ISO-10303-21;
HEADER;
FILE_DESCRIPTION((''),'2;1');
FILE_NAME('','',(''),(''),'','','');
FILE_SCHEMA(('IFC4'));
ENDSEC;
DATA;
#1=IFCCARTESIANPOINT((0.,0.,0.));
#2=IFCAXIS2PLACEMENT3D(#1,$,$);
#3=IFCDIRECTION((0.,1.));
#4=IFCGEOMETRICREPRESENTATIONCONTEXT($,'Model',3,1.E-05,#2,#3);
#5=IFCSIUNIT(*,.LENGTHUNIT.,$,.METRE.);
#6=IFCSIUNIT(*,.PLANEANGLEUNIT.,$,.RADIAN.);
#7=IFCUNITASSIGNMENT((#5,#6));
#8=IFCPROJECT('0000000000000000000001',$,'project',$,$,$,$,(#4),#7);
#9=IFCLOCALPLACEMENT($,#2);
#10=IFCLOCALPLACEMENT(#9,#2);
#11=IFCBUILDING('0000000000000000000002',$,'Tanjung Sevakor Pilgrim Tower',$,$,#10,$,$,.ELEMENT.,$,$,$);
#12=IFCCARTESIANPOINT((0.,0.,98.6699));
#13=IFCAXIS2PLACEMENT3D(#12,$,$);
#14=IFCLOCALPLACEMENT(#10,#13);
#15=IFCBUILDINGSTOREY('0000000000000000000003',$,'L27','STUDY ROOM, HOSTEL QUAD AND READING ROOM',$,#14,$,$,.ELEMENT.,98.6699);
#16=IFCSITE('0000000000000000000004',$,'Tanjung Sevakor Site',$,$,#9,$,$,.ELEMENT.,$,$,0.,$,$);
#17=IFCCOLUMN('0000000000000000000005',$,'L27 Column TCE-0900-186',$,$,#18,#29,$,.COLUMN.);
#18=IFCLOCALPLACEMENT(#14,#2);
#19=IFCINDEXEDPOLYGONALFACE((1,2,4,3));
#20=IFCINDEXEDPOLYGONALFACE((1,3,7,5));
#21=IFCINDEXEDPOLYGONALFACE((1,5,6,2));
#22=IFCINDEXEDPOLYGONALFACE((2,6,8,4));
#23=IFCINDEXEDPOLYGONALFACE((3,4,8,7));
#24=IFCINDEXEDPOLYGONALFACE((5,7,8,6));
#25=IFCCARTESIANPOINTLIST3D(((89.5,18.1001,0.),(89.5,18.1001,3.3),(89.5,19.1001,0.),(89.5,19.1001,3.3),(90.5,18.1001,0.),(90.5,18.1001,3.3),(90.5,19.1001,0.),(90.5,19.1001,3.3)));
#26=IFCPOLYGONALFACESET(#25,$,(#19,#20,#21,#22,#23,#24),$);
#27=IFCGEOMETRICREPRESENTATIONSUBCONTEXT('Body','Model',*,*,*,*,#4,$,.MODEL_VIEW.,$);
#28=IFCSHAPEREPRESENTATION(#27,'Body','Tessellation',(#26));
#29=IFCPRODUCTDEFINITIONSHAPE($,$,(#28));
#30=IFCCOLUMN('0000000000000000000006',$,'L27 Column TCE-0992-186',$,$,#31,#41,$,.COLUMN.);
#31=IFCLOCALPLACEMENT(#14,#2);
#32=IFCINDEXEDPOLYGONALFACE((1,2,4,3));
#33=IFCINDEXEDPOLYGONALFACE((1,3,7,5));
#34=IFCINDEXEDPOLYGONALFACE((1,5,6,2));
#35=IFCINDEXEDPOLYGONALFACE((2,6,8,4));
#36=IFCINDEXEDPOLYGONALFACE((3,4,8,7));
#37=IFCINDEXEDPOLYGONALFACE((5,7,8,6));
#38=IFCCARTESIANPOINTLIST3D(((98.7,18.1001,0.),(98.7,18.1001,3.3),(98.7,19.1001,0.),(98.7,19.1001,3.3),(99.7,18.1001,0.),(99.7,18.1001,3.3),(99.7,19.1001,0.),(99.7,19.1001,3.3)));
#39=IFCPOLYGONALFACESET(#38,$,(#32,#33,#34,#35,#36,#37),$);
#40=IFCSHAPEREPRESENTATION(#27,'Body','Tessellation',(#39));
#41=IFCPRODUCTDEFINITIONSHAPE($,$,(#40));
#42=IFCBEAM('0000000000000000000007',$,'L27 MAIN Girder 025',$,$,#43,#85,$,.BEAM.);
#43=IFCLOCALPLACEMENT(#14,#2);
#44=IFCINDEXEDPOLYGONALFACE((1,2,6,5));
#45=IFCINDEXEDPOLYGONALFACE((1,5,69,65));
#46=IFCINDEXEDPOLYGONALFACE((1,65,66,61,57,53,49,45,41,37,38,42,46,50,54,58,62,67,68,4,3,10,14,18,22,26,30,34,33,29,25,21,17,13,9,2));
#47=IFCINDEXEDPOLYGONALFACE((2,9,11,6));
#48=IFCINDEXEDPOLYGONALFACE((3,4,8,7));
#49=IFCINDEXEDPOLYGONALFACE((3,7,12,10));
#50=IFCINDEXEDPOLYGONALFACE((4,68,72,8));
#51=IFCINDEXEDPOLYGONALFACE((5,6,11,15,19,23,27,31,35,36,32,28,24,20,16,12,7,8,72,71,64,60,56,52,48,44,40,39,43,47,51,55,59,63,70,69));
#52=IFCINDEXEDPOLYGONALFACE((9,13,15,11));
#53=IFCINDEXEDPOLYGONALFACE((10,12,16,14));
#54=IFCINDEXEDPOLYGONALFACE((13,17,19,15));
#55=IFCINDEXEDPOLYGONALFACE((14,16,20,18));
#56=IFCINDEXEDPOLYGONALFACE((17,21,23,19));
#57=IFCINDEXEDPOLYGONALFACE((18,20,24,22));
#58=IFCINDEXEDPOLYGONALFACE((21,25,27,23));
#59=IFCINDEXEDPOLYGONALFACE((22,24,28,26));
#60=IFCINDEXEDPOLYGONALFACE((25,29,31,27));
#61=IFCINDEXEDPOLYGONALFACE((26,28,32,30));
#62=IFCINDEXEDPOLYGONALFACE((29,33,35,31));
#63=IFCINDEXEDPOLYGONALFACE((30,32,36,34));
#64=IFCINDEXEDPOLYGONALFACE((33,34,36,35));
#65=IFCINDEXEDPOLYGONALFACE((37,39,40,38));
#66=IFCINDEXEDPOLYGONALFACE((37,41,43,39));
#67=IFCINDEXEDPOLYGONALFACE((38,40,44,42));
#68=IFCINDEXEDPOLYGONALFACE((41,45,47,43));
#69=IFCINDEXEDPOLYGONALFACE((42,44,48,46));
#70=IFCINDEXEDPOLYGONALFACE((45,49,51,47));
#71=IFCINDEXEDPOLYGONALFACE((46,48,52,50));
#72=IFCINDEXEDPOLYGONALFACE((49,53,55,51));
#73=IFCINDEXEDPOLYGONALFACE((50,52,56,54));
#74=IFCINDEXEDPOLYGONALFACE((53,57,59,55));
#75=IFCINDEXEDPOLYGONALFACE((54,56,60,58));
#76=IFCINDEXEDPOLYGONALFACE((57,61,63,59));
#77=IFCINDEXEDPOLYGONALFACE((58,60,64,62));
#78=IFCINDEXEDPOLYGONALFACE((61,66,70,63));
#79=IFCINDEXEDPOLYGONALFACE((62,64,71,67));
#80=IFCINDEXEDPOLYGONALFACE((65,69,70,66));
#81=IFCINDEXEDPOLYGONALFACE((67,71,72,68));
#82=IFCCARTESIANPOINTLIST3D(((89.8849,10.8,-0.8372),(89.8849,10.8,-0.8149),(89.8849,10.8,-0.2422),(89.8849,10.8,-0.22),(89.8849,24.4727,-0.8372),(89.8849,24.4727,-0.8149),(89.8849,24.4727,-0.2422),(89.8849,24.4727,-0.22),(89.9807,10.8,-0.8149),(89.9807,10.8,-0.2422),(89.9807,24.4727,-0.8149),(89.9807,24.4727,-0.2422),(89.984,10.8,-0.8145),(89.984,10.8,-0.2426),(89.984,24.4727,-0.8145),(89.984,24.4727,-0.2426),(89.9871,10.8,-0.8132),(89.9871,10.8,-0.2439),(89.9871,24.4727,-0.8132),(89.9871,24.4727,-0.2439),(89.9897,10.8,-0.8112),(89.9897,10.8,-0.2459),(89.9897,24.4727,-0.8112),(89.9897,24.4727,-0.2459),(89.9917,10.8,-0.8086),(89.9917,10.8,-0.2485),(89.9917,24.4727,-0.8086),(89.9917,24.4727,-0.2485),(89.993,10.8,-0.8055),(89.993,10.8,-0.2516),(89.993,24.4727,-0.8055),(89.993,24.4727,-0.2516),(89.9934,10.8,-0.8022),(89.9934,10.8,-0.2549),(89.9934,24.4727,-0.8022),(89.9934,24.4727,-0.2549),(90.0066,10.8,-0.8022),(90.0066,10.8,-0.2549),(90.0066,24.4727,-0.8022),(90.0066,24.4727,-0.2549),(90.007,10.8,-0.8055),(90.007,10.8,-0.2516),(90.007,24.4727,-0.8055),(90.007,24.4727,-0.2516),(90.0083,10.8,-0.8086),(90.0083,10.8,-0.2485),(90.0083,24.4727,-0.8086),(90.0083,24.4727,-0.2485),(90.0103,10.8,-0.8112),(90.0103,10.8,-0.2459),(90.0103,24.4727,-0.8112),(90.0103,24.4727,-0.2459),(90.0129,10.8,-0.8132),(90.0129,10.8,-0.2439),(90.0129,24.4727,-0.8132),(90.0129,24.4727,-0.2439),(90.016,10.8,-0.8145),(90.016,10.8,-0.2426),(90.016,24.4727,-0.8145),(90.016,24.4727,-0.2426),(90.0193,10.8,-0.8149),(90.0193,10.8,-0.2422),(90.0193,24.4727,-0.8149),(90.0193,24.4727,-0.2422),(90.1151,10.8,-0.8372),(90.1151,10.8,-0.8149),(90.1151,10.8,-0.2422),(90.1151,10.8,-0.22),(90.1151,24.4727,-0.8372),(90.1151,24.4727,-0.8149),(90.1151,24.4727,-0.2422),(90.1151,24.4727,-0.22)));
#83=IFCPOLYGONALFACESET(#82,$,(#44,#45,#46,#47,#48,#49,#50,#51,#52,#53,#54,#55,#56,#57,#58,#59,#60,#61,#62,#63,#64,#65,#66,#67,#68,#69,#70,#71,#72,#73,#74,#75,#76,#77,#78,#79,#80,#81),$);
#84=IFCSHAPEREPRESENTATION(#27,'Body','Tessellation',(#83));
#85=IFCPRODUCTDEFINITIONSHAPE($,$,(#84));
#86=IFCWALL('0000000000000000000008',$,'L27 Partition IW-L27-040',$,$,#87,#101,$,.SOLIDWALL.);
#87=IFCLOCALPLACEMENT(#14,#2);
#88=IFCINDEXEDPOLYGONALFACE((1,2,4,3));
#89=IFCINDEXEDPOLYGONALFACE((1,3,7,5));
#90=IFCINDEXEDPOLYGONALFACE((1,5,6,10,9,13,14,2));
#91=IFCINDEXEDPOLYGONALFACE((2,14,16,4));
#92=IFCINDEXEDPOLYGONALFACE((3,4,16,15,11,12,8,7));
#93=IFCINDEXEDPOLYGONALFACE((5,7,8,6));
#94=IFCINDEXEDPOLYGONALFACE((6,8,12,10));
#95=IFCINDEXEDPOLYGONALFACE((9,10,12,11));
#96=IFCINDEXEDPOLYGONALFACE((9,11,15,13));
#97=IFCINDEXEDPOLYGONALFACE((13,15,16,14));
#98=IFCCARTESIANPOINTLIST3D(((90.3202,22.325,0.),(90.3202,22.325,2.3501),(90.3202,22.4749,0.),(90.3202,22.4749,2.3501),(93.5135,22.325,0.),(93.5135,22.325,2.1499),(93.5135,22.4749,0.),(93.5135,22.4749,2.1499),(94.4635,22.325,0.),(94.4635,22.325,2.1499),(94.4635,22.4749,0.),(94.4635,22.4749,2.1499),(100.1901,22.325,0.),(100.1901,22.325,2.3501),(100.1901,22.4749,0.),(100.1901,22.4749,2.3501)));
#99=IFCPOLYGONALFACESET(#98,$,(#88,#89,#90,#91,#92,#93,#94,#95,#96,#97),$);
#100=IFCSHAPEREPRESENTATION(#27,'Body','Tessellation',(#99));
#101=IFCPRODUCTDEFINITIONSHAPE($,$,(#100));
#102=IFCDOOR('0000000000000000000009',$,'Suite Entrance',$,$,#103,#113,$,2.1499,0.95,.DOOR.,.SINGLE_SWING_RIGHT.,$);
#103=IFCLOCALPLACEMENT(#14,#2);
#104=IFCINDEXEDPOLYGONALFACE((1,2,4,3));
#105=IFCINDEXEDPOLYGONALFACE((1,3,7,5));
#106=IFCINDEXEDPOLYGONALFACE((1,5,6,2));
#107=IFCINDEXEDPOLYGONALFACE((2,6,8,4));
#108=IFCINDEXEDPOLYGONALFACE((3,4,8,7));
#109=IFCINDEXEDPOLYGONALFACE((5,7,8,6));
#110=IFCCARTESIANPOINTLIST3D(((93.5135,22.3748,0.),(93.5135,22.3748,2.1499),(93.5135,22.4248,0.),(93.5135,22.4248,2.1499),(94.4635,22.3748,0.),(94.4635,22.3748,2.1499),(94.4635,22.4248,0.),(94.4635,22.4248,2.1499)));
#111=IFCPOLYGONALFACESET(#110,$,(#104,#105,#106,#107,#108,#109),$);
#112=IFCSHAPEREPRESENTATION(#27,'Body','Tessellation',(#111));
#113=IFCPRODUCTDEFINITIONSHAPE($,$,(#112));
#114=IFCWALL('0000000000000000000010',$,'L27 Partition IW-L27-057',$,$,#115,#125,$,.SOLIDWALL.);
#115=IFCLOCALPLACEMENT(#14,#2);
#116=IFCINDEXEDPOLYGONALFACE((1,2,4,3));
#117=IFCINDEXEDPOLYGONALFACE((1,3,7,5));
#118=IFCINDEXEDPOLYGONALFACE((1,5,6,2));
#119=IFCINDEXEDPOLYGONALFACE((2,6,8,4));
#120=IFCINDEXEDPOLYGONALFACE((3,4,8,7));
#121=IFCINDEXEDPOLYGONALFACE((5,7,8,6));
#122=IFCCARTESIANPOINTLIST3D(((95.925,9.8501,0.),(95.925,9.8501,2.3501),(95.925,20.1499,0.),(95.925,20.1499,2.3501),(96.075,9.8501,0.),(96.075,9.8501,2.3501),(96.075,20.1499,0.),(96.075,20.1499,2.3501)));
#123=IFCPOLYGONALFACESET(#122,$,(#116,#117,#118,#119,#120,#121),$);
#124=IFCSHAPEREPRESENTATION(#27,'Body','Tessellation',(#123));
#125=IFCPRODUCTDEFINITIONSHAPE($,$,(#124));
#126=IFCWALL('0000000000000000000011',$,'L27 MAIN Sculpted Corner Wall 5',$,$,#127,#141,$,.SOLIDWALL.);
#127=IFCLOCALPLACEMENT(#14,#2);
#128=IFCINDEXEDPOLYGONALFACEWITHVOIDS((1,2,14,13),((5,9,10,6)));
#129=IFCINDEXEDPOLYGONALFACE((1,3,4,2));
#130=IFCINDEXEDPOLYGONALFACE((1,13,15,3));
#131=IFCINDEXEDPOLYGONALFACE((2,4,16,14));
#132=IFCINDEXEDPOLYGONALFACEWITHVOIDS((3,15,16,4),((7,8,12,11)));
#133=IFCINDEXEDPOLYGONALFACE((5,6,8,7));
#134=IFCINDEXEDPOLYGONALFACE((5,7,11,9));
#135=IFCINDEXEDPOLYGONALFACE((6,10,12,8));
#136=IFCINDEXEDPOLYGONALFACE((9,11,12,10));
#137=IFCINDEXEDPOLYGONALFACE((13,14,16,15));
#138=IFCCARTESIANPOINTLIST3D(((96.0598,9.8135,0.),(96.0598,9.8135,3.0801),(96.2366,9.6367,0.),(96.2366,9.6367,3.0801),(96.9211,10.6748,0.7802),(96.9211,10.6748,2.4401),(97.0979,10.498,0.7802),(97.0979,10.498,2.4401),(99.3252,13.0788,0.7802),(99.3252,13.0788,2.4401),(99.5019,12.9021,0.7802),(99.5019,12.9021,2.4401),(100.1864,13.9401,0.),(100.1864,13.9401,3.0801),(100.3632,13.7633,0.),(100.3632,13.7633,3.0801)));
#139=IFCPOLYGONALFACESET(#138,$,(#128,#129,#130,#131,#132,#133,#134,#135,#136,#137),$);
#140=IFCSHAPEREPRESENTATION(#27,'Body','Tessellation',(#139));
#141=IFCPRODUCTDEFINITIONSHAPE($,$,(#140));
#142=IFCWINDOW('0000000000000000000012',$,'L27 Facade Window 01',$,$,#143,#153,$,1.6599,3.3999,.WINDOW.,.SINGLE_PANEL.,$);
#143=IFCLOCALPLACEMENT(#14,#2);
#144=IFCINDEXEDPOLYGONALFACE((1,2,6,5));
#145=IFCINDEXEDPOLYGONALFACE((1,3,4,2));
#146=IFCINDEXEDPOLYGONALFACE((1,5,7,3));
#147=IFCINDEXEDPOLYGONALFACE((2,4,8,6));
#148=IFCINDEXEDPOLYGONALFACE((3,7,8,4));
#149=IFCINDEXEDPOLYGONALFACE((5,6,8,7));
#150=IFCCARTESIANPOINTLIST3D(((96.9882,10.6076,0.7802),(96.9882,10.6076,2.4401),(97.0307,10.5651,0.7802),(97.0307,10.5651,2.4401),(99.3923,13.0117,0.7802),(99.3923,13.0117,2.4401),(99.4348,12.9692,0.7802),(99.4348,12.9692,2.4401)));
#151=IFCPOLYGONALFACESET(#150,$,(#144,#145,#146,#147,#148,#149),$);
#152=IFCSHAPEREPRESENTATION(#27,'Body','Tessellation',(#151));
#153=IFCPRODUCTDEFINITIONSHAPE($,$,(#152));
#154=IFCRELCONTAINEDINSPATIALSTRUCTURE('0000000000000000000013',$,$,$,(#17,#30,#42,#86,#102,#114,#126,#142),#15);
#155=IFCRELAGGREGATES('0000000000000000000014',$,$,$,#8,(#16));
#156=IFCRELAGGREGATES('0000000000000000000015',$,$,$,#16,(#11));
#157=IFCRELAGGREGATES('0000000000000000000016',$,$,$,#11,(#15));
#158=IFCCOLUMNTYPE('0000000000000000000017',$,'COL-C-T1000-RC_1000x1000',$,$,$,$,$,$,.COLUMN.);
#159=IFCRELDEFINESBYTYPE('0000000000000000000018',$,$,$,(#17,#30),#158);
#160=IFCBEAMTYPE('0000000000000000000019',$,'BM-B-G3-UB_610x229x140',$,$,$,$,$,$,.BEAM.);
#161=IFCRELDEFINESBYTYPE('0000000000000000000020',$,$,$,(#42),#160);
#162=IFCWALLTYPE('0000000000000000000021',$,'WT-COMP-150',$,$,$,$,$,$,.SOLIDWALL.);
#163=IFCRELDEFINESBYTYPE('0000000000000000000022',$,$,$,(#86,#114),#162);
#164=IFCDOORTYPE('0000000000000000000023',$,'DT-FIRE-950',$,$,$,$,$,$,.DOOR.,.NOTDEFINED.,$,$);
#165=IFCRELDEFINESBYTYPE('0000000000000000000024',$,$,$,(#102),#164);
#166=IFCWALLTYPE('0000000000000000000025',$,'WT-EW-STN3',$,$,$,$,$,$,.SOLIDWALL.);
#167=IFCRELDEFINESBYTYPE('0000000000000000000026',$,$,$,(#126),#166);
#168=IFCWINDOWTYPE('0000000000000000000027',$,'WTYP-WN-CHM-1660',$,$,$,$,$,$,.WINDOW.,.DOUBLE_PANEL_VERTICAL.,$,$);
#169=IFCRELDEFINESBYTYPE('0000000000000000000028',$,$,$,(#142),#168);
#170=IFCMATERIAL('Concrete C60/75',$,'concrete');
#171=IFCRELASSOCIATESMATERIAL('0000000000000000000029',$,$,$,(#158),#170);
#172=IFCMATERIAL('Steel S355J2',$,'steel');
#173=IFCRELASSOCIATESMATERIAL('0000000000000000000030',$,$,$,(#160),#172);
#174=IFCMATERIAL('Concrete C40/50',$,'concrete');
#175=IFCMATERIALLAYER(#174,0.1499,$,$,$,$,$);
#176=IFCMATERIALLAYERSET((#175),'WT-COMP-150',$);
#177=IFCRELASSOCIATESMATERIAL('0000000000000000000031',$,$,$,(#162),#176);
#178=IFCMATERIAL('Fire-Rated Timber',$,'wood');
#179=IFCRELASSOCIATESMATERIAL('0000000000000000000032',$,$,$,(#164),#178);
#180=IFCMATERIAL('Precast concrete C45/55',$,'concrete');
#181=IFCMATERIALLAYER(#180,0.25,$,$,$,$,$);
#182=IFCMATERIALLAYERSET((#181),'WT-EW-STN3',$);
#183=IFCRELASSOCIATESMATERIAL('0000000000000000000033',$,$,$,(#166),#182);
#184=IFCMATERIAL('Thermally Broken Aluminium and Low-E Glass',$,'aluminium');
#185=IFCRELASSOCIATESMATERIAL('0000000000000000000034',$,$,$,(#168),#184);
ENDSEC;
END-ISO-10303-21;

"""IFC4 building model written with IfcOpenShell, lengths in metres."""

from ifc_helpers import new_model, si_unit, direction, frame, frame_2d, origin, origin_2d, place, context, subcontext, project, spatial, rectangle, i_section, extrude, material, layer, layer_set, material_profile, profile_set, type_object, element, fill, save


model = new_model("IFC4")

# Units and contexts
model_context = context("Model", 3, precision=1e-05, world=origin(), true_north=direction((0.0, 1.0)))
body_context = subcontext(model_context, "Body", "Model", "MODEL_VIEW")
ifc_project = project(units=[si_unit("LENGTHUNIT", "METRE"), si_unit("PLANEANGLEUNIT", "RADIAN")], contexts=[model_context])

# Site, building, storey
site_placement = place(None, origin())
site = spatial("IfcSite", under=ifc_project, at=site_placement, Name="Tanjung Sevakor Site", CompositionType="ELEMENT", RefElevation=0.0)
building_placement = place(site_placement, origin())
building = spatial("IfcBuilding", under=site, at=building_placement, Name="Tanjung Sevakor Pilgrim Tower", CompositionType="ELEMENT")
storey_placement = place(building_placement, frame((0.0, 0.0, 98.6699)))
storey = spatial("IfcBuildingStorey", under=building, at=storey_placement, Name="L27", Description="STUDY ROOM, HOSTEL QUAD AND READING ROOM", CompositionType="ELEMENT", Elevation=98.6699)

# Columns
ifc_material_1 = material(Name="Concrete C60/75", Category="concrete")
ifc_material_profile_1 = material_profile(ifc_material_1, rectangle(XDim=1.0, YDim=1.0, at=origin_2d()))
ifc_profile_set_1 = profile_set([ifc_material_profile_1], Name="Concrete C60/75")
column_type = type_object("IfcColumnType", Name="COL-C-T1000-RC_1000x1000", PredefinedType="COLUMN", material=ifc_profile_set_1)
for number, where, z_axis, x_axis, name in (
    (1, (90.0, 18.6001, 0.0), (0.0, 0.0, 1.0), (1.0, 0.0, 0.0), "L27 Column TCE-0900-186"),
    (2, (99.2, 18.6001, 0.0), (0.0, 0.0, 1.0), (1.0, 0.0, 0.0), "L27 Column TCE-0992-186"),
):
    element("IfcColumn", number, at=place(storey_placement, frame(where, z_axis=z_axis, x_axis=x_axis)), inside=storey, type_object=column_type, Name=name, PredefinedType="COLUMN", context=body_context, shape_type="SweptSolid", body=[
        extrude(rectangle(XDim=1.0, YDim=1.0, at=origin_2d()), origin(), (0.0, 0.0, 1.0), 3.3),
    ])

# Beam
ifc_material_2 = material(Name="Steel S355J2", Category="steel")
ifc_material_profile_2 = material_profile(ifc_material_2, i_section(OverallWidth=0.2302, OverallDepth=0.6172, WebThickness=0.0132, FlangeThickness=0.0222, FilletRadius=0.0127, at=origin_2d()))
ifc_profile_set_2 = profile_set([ifc_material_profile_2], Name="Steel S355J2")
beam_type = type_object("IfcBeamType", Name="BM-B-G3-UB_610x229x140", PredefinedType="BEAM", material=ifc_profile_set_2)
beam_placement = place(storey_placement, frame((90.0, 10.8, -0.5286), z_axis=(0.0, 1.0, 0.0), x_axis=(-1.0, 0.0, 0.0)))
element("IfcBeam", 3, at=beam_placement, inside=storey, type_object=beam_type, Name="L27 MAIN Girder 025", PredefinedType="BEAM", context=body_context, shape_type="SweptSolid", body=[
    extrude(i_section(OverallWidth=0.2302, OverallDepth=0.6172, WebThickness=0.0132, FlangeThickness=0.0222, FilletRadius=0.0127, at=origin_2d()), origin(), (0.0, 0.0, 1.0), 13.6726),
])

# Wall, opening, door
ifc_material_3 = material(Name="Concrete C40/50", Category="concrete")
ifc_layer_1 = layer(ifc_material_3, 0.1499)
ifc_layer_set_1 = layer_set([ifc_layer_1], Name="WT-COMP-150")
wall_type_1 = type_object("IfcWallType", Name="WT-COMP-150", PredefinedType="SOLIDWALL", material=ifc_layer_set_1)
wall_1_placement = place(storey_placement, frame((90.3201, 22.3999, 0.0), z_axis=(0.0, 0.0, 1.0), x_axis=(1.0, 0.0, 0.0)))
wall_1 = element("IfcWall", 4, at=wall_1_placement, inside=storey, type_object=wall_type_1, Name="L27 Partition IW-L27-040", PredefinedType="SOLIDWALL", context=body_context, shape_type="SweptSolid", body=[
    extrude(rectangle(XDim=9.8699, YDim=0.1499, at=frame_2d((4.9351, 0.0))), origin(), (0.0, 0.0, 1.0), 2.3501),
])
opening_1_placement = place(wall_1_placement, frame((3.1934, 0.0, 0.0)))
opening_1 = element("IfcOpeningElement", 5, at=opening_1_placement, cuts=wall_1, PredefinedType="OPENING", context=body_context, shape_type="SweptSolid", body=[
    extrude(rectangle(XDim=0.95, YDim=2.1499, at=frame_2d((0.4751, 1.075))), frame((0.0, 0.085, 0.0), z_axis=(0.0, -1.0, 0.0), x_axis=(1.0, 0.0, 0.0)), (0.0, 0.0, 1.0), 0.1699),
])
ifc_material_4 = material(Name="Fire-Rated Timber", Category="wood")
door_type_1 = type_object("IfcDoorType", Name="DT-FIRE-950", OperationType="NOTDEFINED", PredefinedType="DOOR", material=ifc_material_4)
door_1_placement = place(opening_1_placement, origin())
door_1 = element("IfcDoor", 6, at=door_1_placement, inside=storey, type_object=door_type_1, Name="Suite Entrance", OperationType="SINGLE_SWING_RIGHT", OverallHeight=2.1499, OverallWidth=0.95, PredefinedType="DOOR", context=body_context, shape_type="SweptSolid", body=[
    extrude(rectangle(XDim=0.95, YDim=2.1499, at=frame_2d((0.4751, 1.075))), frame((0.0, 0.0249, 0.0), z_axis=(0.0, -1.0, 0.0), x_axis=(1.0, 0.0, 0.0)), (0.0, 0.0, 1.0), 0.05),
])
fill(opening_1, door_1)

# Wall
wall_2_placement = place(storey_placement, frame((96.0, 9.8501, 0.0), z_axis=(0.0, 0.0, 1.0), x_axis=(0.0, 1.0, 0.0)))
element("IfcWall", 7, at=wall_2_placement, inside=storey, type_object=wall_type_1, Name="L27 Partition IW-L27-057", PredefinedType="SOLIDWALL", context=body_context, shape_type="SweptSolid", body=[
    extrude(rectangle(XDim=10.2998, YDim=0.1499, at=frame_2d((5.1499, 0.0))), origin(), (0.0, 0.0, 1.0), 2.3501),
])

# Wall, opening, window
ifc_material_5 = material(Name="Precast concrete C45/55", Category="concrete")
ifc_layer_2 = layer(ifc_material_5, 0.25)
ifc_layer_set_2 = layer_set([ifc_layer_2], Name="WT-EW-STN3")
wall_type_2 = type_object("IfcWallType", Name="WT-EW-STN3", PredefinedType="SOLIDWALL", material=ifc_layer_set_2)
wall_3_placement = place(storey_placement, frame((96.1482, 9.7251, 0.0), z_axis=(0.0, 0.0, 1.0), x_axis=(0.707107, 0.707107, 0.0)))
wall_3 = element("IfcWall", 8, at=wall_3_placement, inside=storey, type_object=wall_type_2, Name="L27 MAIN Sculpted Corner Wall 5", PredefinedType="SOLIDWALL", context=body_context, shape_type="SweptSolid", body=[
    extrude(rectangle(XDim=5.8359, YDim=0.25, at=frame_2d((2.918, 0.0))), origin(), (0.0, 0.0, 1.0), 3.0801),
])
opening_2_placement = place(wall_3_placement, frame((1.218, 0.0, 0.78)))
opening_2 = element("IfcOpeningElement", 9, at=opening_2_placement, cuts=wall_3, PredefinedType="OPENING", context=body_context, shape_type="SweptSolid", body=[
    extrude(rectangle(XDim=3.3999, YDim=1.6599, at=frame_2d((1.7, 0.8301))), frame((0.0, 0.135, 0.0), z_axis=(0.0, -1.0, 0.0), x_axis=(1.0, 0.0, 0.0)), (0.0, 0.0, 1.0), 0.27),
])
ifc_material_6 = material(Name="Thermally Broken Aluminium and Low-E Glass", Category="aluminium")
window_type_1 = type_object("IfcWindowType", Name="WTYP-WN-CHM-1660", PartitioningType="DOUBLE_PANEL_VERTICAL", PredefinedType="WINDOW", material=ifc_material_6)
window_1_placement = place(opening_2_placement, origin())
window_1 = element("IfcWindow", 10, at=window_1_placement, inside=storey, type_object=window_type_1, Name="L27 Facade Window 01", OverallHeight=1.6599, OverallWidth=3.3999, PartitioningType="SINGLE_PANEL", PredefinedType="WINDOW", context=body_context, shape_type="SweptSolid", body=[
    extrude(rectangle(XDim=3.3999, YDim=1.6599, at=frame_2d((1.7, 0.8301))), frame((0.0, 0.03, 0.0), z_axis=(0.0, -1.0, 0.0), x_axis=(1.0, 0.0, 0.0)), (0.0, 0.0, 1.0), 0.0601),
])
fill(opening_2, window_1)

save(model, "model.ifc")
